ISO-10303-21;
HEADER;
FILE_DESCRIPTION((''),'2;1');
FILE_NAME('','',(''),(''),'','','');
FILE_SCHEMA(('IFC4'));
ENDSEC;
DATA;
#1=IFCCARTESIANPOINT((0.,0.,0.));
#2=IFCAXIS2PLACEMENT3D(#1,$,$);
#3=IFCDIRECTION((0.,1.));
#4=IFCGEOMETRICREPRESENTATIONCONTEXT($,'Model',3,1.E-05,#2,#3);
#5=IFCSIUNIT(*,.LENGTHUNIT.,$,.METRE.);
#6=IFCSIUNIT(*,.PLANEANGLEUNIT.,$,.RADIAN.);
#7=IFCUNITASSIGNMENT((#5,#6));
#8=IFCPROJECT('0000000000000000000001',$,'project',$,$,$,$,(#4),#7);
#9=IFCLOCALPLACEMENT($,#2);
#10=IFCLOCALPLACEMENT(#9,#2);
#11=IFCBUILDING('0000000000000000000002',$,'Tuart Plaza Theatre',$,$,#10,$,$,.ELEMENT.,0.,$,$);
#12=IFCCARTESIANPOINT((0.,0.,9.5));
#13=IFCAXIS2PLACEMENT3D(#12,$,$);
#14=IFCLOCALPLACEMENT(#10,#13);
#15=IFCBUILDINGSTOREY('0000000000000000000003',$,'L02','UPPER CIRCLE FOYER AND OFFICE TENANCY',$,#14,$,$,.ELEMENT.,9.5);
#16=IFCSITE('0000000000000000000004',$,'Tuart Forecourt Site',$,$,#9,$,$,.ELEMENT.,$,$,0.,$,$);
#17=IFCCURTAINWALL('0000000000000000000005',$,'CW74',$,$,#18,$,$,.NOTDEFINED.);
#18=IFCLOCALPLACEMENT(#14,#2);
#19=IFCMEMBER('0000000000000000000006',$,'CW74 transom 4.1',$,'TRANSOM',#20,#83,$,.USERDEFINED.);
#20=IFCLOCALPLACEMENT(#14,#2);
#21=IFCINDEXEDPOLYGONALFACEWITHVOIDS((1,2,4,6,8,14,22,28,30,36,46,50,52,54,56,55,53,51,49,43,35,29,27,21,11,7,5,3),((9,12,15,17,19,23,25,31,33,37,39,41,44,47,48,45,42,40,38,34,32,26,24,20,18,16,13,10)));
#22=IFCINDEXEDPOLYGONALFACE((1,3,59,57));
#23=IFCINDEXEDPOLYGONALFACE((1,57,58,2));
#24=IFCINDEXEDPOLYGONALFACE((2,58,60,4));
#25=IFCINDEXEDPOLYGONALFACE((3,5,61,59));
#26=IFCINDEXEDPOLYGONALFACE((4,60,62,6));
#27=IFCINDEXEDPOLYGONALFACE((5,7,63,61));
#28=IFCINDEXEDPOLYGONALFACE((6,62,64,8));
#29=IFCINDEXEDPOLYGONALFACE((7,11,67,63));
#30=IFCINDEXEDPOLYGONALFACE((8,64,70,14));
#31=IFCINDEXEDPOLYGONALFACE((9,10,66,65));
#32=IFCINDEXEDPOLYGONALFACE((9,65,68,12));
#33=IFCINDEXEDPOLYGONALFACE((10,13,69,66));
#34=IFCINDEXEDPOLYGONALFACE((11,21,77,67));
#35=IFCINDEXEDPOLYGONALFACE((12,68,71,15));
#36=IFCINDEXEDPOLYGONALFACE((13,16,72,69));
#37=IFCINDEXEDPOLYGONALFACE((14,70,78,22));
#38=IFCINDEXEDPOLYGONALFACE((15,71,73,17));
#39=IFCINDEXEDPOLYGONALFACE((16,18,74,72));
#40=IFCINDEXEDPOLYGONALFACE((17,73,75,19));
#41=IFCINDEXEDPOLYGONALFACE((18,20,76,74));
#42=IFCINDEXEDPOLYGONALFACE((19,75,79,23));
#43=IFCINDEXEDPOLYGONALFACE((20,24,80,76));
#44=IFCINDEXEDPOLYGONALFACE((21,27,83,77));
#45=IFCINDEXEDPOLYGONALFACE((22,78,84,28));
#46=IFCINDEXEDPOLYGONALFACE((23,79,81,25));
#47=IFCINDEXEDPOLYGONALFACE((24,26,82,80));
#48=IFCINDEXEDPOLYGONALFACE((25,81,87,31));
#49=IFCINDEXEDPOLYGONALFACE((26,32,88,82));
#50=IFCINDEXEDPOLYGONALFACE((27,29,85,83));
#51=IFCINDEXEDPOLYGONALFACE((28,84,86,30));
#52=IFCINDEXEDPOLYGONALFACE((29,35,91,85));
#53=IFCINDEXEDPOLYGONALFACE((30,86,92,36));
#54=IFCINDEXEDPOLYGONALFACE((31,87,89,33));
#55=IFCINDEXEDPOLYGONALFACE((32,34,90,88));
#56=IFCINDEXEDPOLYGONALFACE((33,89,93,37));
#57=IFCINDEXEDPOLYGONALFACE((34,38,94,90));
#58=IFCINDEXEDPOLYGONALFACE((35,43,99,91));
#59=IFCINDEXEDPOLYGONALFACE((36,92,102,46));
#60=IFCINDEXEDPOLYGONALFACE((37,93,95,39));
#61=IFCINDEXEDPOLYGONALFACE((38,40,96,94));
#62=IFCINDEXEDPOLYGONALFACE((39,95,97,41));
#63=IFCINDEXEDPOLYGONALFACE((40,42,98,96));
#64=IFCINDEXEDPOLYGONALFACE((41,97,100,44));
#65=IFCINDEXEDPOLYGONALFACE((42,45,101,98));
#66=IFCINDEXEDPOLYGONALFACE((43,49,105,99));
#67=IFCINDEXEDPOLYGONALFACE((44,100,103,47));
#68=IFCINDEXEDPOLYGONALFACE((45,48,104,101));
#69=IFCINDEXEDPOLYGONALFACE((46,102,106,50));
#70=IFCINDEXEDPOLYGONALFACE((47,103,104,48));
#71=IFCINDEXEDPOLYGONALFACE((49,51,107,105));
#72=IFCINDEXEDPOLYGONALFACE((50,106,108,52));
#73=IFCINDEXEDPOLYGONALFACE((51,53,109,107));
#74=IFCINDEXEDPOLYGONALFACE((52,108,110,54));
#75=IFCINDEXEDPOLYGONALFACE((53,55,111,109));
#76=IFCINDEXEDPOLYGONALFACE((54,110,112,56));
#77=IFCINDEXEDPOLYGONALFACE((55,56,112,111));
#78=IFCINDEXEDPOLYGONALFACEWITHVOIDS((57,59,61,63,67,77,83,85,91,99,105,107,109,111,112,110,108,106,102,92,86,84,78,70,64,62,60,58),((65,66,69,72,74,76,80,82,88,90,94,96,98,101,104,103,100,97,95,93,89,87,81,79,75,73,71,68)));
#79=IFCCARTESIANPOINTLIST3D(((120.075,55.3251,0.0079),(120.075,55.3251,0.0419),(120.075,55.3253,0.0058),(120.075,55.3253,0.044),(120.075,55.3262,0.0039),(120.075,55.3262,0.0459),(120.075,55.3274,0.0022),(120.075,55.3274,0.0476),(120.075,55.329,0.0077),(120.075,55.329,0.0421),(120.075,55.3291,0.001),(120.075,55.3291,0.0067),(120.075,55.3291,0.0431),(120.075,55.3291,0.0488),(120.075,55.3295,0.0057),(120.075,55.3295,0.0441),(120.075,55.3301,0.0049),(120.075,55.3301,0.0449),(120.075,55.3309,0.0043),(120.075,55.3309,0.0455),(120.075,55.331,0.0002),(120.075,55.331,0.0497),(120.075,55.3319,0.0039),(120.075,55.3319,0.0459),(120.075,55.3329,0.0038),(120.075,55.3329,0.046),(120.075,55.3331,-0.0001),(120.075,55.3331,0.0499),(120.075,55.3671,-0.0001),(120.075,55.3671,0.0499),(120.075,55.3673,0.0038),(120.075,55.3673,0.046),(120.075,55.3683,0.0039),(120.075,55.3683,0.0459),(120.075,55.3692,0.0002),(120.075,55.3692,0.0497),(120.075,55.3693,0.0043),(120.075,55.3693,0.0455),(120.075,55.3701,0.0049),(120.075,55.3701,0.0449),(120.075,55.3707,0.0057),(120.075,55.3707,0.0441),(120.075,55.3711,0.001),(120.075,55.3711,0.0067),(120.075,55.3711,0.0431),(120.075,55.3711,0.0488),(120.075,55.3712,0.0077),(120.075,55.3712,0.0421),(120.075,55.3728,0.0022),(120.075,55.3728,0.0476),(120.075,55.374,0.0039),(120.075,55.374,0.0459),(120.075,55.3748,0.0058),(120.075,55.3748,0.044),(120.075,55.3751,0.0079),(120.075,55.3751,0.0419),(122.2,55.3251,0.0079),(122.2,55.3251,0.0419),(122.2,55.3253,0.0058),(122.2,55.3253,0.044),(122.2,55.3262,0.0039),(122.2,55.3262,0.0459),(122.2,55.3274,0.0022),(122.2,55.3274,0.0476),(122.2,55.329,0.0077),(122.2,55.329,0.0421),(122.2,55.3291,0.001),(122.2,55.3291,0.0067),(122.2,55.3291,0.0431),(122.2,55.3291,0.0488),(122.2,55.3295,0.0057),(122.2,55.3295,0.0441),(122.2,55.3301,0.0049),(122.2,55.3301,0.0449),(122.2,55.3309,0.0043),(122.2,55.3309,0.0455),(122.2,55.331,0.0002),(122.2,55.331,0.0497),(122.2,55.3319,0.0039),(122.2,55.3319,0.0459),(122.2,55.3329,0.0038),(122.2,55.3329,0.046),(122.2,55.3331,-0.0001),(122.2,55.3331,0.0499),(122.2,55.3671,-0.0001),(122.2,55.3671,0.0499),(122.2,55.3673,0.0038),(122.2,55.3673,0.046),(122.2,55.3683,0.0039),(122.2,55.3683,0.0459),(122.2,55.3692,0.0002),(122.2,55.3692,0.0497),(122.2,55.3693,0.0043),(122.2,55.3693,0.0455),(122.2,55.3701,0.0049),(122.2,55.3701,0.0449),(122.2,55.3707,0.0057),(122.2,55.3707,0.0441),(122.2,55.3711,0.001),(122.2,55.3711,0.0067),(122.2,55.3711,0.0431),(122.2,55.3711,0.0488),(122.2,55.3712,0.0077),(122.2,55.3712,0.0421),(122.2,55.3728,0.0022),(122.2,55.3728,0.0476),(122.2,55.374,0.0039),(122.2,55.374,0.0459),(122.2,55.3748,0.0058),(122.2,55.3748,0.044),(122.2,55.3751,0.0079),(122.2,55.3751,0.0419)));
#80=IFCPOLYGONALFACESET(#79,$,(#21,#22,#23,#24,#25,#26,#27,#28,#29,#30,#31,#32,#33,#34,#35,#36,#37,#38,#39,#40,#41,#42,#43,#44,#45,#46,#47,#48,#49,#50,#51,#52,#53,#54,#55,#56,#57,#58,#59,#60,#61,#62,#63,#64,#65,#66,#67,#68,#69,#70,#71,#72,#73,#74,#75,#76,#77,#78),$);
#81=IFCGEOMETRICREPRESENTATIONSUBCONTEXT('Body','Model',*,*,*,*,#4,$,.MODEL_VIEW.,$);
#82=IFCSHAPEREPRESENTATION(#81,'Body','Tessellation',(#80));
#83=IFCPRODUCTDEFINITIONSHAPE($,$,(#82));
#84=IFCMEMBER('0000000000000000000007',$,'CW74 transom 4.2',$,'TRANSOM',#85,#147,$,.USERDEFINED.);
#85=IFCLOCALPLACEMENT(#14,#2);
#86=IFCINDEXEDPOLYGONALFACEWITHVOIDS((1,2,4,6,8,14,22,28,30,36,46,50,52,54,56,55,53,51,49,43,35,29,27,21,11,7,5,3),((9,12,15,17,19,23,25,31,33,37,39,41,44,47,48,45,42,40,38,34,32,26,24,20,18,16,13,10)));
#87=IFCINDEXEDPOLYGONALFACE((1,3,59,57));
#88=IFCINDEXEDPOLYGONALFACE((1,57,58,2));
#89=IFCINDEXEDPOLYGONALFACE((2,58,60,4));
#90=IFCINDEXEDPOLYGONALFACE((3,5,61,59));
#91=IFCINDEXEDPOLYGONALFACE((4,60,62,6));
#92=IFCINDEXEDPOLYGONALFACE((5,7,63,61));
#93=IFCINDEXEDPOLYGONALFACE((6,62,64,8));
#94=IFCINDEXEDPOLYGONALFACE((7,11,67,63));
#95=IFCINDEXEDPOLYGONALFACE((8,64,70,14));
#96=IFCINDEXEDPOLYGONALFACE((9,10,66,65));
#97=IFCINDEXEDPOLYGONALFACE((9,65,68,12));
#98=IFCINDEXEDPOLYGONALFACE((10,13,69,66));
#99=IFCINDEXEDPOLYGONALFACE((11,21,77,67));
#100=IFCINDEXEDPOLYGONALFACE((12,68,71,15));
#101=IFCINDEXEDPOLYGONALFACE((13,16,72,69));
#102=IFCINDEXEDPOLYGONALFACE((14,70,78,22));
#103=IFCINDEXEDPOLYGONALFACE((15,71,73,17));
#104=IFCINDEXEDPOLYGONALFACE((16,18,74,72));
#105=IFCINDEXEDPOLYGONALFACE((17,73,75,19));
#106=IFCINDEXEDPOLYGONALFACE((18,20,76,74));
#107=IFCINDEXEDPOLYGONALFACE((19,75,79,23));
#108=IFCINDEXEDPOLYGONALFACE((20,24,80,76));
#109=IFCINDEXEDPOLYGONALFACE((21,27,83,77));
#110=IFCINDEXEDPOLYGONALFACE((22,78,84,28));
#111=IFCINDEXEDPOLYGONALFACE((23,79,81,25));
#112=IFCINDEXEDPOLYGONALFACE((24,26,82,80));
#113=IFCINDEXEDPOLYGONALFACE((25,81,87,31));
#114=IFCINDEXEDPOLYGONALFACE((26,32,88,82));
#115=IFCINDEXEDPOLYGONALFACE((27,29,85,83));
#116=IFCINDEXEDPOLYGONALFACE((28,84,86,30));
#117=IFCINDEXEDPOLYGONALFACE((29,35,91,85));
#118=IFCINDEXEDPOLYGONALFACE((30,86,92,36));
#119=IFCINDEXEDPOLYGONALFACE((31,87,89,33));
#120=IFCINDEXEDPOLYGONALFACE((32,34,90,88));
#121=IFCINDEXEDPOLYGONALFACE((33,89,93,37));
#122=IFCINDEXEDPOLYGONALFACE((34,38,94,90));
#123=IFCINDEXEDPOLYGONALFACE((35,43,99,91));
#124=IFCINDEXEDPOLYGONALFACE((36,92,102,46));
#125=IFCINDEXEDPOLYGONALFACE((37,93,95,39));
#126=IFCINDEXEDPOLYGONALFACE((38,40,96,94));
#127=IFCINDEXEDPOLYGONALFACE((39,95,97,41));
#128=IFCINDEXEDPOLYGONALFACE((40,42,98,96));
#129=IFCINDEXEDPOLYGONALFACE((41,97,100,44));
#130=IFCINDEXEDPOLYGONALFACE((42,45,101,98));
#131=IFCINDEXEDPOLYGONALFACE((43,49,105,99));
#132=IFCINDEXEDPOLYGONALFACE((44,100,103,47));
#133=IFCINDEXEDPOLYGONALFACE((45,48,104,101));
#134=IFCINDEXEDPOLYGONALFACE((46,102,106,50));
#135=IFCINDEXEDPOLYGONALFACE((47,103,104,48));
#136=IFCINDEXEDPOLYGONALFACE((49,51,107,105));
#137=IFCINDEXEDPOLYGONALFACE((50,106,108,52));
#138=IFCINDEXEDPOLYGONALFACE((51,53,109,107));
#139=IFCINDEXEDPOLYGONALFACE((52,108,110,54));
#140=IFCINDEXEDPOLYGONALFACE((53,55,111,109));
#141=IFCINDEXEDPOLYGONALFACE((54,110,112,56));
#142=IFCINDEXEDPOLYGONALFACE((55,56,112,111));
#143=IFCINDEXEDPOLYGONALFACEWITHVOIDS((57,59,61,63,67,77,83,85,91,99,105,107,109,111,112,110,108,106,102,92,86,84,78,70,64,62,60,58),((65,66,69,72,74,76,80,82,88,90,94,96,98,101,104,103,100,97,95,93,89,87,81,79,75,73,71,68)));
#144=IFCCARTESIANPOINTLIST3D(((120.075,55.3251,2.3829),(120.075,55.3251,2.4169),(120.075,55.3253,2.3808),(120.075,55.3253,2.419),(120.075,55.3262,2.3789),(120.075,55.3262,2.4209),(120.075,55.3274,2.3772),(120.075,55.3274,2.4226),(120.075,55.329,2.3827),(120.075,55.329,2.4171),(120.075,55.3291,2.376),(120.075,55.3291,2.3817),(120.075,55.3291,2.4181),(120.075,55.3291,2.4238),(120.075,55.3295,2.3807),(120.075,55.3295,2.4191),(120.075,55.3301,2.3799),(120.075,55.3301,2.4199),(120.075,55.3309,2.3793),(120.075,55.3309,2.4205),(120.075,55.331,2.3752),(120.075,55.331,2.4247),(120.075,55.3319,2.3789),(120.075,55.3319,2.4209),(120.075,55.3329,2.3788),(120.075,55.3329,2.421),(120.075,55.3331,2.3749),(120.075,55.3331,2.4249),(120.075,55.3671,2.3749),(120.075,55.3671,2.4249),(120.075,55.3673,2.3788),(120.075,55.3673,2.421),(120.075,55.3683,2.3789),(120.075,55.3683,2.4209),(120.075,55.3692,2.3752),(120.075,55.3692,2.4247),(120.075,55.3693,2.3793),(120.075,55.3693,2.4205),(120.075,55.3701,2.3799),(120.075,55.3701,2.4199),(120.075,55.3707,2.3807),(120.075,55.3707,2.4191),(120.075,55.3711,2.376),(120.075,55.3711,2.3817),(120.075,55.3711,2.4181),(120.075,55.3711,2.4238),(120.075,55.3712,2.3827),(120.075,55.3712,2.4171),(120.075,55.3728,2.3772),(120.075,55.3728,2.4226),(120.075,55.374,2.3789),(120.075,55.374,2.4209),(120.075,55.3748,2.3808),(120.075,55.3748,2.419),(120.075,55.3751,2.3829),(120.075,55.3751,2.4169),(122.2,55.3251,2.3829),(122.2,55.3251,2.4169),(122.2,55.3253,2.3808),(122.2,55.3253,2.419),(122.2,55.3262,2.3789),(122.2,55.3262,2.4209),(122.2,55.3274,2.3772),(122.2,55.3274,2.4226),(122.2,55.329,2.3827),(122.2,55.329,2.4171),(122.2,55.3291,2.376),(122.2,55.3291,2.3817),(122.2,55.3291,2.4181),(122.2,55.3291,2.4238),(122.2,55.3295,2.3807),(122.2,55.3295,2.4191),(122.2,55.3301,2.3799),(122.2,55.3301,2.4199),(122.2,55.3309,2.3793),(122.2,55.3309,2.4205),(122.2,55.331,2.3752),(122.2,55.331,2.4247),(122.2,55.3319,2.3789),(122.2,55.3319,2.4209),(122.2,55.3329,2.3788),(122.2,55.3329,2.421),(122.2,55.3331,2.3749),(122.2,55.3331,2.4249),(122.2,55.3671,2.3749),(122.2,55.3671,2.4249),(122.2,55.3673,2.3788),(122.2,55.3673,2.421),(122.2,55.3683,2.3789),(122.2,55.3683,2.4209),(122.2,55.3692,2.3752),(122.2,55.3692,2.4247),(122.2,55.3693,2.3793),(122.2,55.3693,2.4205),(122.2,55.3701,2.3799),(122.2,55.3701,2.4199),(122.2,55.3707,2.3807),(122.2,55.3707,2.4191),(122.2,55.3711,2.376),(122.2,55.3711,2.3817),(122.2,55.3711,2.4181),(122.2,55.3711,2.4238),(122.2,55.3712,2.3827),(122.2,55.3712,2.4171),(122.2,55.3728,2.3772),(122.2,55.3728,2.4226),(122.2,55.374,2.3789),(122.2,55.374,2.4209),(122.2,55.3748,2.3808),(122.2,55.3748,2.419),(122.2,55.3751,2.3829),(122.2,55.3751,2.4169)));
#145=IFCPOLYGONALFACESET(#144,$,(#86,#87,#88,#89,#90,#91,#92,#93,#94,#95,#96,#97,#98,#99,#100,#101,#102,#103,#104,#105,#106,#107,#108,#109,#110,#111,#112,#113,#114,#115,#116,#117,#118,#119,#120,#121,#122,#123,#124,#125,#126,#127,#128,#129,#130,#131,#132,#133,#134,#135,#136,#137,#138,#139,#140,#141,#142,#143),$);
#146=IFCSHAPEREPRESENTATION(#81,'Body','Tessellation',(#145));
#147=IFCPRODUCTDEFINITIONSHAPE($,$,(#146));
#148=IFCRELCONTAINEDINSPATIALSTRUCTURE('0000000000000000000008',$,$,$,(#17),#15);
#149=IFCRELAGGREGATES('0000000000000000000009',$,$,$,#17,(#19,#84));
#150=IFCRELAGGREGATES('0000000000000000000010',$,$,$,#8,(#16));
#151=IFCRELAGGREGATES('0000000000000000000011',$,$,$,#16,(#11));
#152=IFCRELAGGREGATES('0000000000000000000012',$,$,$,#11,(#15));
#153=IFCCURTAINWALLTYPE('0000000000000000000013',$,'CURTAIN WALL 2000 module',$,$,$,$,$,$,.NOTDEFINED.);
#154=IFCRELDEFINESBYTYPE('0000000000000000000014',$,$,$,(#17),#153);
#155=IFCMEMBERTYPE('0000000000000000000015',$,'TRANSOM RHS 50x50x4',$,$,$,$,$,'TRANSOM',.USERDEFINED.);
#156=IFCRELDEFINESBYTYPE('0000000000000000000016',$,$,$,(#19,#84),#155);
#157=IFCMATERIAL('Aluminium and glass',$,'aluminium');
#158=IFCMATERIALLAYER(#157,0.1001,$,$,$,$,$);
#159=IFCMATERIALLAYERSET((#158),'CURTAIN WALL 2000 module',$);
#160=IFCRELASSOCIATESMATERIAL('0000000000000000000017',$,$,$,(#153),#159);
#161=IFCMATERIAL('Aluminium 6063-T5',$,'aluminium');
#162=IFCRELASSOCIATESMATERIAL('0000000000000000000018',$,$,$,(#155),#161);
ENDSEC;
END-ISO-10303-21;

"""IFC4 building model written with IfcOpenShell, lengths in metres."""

from ifc_helpers import new_model, si_unit, direction, frame, origin, origin_2d, place, context, subcontext, project, spatial, hollow_rectangle, extrude, material, layer, layer_set, material_profile, profile_set, type_object, element, aggregate, save


model = new_model("IFC4")

# Units and contexts
model_context = context("Model", 3, precision=1e-05, world=origin(), true_north=direction((0.0, 1.0)))
body_context = subcontext(model_context, "Body", "Model", "MODEL_VIEW")
ifc_project = project(units=[si_unit("LENGTHUNIT", "METRE"), si_unit("PLANEANGLEUNIT", "RADIAN")], contexts=[model_context])

# Site, building, storey
site_placement = place(None, origin())
site = spatial("IfcSite", under=ifc_project, at=site_placement, Name="Tuart Forecourt Site", CompositionType="ELEMENT", RefElevation=0.0)
building_placement = place(site_placement, origin())
building = spatial("IfcBuilding", under=site, at=building_placement, Name="Tuart Plaza Theatre", CompositionType="ELEMENT", ElevationOfRefHeight=0.0)
storey_placement = place(building_placement, frame((0.0, 0.0, 9.5)))
storey = spatial("IfcBuildingStorey", under=building, at=storey_placement, Name="L02", Description="UPPER CIRCLE FOYER AND OFFICE TENANCY", CompositionType="ELEMENT", Elevation=9.5)

# Curtain wall, members
ifc_material_1 = material(Name="Aluminium and glass", Category="aluminium")
ifc_layer_1 = layer(ifc_material_1, 0.1001)
ifc_layer_set_1 = layer_set([ifc_layer_1], Name="CURTAIN WALL 2000 module")
curtain_wall_type = type_object("IfcCurtainWallType", Name="CURTAIN WALL 2000 module", PredefinedType="NOTDEFINED", material=ifc_layer_set_1)
curtain_wall_placement = place(storey_placement, origin())
curtain_wall = element("IfcCurtainWall", 1, at=curtain_wall_placement, inside=storey, type_object=curtain_wall_type, Name="CW74", PredefinedType="NOTDEFINED")
ifc_material_2 = material(Name="Aluminium 6063-T5", Category="aluminium")
ifc_material_profile_1 = material_profile(ifc_material_2, hollow_rectangle(XDim=0.05, YDim=0.05, WallThickness=0.0039, InnerFilletRadius=0.0039, OuterFilletRadius=0.0081, at=origin_2d()), Name="RHS 50x50x4")
ifc_profile_set_1 = profile_set([ifc_material_profile_1], Name="Aluminium 6063-T5")
member_type_1 = type_object("IfcMemberType", Name="TRANSOM RHS 50x50x4", ElementType="TRANSOM", PredefinedType="USERDEFINED", material=ifc_profile_set_1)
member_1_placement = place(storey_placement, frame((120.075, 55.3501, 0.0249), z_axis=(1.0, 0.0, 0.0), x_axis=(0.0, 1.0, 0.0)))
member_1 = element("IfcMember", 2, at=member_1_placement, type_object=member_type_1, Name="CW74 transom 4.1", ObjectType="TRANSOM", PredefinedType="USERDEFINED", context=body_context, shape_type="SweptSolid", body=[
    extrude(hollow_rectangle(XDim=0.05, YDim=0.05, WallThickness=0.0039, InnerFilletRadius=0.0039, OuterFilletRadius=0.0081, at=origin_2d()), origin(), (0.0, 0.0, 1.0), 2.125),
])
member_2_placement = place(storey_placement, frame((120.075, 55.3501, 2.3999), z_axis=(1.0, 0.0, 0.0), x_axis=(0.0, 1.0, 0.0)))
member_2 = element("IfcMember", 3, at=member_2_placement, type_object=member_type_1, Name="CW74 transom 4.2", ObjectType="TRANSOM", PredefinedType="USERDEFINED", context=body_context, shape_type="SweptSolid", body=[
    extrude(hollow_rectangle(XDim=0.05, YDim=0.05, WallThickness=0.0039, InnerFilletRadius=0.0039, OuterFilletRadius=0.0081, at=origin_2d()), origin(), (0.0, 0.0, 1.0), 2.125),
])
aggregate(curtain_wall, [member_1, member_2])

save(model, "model.ifc")
